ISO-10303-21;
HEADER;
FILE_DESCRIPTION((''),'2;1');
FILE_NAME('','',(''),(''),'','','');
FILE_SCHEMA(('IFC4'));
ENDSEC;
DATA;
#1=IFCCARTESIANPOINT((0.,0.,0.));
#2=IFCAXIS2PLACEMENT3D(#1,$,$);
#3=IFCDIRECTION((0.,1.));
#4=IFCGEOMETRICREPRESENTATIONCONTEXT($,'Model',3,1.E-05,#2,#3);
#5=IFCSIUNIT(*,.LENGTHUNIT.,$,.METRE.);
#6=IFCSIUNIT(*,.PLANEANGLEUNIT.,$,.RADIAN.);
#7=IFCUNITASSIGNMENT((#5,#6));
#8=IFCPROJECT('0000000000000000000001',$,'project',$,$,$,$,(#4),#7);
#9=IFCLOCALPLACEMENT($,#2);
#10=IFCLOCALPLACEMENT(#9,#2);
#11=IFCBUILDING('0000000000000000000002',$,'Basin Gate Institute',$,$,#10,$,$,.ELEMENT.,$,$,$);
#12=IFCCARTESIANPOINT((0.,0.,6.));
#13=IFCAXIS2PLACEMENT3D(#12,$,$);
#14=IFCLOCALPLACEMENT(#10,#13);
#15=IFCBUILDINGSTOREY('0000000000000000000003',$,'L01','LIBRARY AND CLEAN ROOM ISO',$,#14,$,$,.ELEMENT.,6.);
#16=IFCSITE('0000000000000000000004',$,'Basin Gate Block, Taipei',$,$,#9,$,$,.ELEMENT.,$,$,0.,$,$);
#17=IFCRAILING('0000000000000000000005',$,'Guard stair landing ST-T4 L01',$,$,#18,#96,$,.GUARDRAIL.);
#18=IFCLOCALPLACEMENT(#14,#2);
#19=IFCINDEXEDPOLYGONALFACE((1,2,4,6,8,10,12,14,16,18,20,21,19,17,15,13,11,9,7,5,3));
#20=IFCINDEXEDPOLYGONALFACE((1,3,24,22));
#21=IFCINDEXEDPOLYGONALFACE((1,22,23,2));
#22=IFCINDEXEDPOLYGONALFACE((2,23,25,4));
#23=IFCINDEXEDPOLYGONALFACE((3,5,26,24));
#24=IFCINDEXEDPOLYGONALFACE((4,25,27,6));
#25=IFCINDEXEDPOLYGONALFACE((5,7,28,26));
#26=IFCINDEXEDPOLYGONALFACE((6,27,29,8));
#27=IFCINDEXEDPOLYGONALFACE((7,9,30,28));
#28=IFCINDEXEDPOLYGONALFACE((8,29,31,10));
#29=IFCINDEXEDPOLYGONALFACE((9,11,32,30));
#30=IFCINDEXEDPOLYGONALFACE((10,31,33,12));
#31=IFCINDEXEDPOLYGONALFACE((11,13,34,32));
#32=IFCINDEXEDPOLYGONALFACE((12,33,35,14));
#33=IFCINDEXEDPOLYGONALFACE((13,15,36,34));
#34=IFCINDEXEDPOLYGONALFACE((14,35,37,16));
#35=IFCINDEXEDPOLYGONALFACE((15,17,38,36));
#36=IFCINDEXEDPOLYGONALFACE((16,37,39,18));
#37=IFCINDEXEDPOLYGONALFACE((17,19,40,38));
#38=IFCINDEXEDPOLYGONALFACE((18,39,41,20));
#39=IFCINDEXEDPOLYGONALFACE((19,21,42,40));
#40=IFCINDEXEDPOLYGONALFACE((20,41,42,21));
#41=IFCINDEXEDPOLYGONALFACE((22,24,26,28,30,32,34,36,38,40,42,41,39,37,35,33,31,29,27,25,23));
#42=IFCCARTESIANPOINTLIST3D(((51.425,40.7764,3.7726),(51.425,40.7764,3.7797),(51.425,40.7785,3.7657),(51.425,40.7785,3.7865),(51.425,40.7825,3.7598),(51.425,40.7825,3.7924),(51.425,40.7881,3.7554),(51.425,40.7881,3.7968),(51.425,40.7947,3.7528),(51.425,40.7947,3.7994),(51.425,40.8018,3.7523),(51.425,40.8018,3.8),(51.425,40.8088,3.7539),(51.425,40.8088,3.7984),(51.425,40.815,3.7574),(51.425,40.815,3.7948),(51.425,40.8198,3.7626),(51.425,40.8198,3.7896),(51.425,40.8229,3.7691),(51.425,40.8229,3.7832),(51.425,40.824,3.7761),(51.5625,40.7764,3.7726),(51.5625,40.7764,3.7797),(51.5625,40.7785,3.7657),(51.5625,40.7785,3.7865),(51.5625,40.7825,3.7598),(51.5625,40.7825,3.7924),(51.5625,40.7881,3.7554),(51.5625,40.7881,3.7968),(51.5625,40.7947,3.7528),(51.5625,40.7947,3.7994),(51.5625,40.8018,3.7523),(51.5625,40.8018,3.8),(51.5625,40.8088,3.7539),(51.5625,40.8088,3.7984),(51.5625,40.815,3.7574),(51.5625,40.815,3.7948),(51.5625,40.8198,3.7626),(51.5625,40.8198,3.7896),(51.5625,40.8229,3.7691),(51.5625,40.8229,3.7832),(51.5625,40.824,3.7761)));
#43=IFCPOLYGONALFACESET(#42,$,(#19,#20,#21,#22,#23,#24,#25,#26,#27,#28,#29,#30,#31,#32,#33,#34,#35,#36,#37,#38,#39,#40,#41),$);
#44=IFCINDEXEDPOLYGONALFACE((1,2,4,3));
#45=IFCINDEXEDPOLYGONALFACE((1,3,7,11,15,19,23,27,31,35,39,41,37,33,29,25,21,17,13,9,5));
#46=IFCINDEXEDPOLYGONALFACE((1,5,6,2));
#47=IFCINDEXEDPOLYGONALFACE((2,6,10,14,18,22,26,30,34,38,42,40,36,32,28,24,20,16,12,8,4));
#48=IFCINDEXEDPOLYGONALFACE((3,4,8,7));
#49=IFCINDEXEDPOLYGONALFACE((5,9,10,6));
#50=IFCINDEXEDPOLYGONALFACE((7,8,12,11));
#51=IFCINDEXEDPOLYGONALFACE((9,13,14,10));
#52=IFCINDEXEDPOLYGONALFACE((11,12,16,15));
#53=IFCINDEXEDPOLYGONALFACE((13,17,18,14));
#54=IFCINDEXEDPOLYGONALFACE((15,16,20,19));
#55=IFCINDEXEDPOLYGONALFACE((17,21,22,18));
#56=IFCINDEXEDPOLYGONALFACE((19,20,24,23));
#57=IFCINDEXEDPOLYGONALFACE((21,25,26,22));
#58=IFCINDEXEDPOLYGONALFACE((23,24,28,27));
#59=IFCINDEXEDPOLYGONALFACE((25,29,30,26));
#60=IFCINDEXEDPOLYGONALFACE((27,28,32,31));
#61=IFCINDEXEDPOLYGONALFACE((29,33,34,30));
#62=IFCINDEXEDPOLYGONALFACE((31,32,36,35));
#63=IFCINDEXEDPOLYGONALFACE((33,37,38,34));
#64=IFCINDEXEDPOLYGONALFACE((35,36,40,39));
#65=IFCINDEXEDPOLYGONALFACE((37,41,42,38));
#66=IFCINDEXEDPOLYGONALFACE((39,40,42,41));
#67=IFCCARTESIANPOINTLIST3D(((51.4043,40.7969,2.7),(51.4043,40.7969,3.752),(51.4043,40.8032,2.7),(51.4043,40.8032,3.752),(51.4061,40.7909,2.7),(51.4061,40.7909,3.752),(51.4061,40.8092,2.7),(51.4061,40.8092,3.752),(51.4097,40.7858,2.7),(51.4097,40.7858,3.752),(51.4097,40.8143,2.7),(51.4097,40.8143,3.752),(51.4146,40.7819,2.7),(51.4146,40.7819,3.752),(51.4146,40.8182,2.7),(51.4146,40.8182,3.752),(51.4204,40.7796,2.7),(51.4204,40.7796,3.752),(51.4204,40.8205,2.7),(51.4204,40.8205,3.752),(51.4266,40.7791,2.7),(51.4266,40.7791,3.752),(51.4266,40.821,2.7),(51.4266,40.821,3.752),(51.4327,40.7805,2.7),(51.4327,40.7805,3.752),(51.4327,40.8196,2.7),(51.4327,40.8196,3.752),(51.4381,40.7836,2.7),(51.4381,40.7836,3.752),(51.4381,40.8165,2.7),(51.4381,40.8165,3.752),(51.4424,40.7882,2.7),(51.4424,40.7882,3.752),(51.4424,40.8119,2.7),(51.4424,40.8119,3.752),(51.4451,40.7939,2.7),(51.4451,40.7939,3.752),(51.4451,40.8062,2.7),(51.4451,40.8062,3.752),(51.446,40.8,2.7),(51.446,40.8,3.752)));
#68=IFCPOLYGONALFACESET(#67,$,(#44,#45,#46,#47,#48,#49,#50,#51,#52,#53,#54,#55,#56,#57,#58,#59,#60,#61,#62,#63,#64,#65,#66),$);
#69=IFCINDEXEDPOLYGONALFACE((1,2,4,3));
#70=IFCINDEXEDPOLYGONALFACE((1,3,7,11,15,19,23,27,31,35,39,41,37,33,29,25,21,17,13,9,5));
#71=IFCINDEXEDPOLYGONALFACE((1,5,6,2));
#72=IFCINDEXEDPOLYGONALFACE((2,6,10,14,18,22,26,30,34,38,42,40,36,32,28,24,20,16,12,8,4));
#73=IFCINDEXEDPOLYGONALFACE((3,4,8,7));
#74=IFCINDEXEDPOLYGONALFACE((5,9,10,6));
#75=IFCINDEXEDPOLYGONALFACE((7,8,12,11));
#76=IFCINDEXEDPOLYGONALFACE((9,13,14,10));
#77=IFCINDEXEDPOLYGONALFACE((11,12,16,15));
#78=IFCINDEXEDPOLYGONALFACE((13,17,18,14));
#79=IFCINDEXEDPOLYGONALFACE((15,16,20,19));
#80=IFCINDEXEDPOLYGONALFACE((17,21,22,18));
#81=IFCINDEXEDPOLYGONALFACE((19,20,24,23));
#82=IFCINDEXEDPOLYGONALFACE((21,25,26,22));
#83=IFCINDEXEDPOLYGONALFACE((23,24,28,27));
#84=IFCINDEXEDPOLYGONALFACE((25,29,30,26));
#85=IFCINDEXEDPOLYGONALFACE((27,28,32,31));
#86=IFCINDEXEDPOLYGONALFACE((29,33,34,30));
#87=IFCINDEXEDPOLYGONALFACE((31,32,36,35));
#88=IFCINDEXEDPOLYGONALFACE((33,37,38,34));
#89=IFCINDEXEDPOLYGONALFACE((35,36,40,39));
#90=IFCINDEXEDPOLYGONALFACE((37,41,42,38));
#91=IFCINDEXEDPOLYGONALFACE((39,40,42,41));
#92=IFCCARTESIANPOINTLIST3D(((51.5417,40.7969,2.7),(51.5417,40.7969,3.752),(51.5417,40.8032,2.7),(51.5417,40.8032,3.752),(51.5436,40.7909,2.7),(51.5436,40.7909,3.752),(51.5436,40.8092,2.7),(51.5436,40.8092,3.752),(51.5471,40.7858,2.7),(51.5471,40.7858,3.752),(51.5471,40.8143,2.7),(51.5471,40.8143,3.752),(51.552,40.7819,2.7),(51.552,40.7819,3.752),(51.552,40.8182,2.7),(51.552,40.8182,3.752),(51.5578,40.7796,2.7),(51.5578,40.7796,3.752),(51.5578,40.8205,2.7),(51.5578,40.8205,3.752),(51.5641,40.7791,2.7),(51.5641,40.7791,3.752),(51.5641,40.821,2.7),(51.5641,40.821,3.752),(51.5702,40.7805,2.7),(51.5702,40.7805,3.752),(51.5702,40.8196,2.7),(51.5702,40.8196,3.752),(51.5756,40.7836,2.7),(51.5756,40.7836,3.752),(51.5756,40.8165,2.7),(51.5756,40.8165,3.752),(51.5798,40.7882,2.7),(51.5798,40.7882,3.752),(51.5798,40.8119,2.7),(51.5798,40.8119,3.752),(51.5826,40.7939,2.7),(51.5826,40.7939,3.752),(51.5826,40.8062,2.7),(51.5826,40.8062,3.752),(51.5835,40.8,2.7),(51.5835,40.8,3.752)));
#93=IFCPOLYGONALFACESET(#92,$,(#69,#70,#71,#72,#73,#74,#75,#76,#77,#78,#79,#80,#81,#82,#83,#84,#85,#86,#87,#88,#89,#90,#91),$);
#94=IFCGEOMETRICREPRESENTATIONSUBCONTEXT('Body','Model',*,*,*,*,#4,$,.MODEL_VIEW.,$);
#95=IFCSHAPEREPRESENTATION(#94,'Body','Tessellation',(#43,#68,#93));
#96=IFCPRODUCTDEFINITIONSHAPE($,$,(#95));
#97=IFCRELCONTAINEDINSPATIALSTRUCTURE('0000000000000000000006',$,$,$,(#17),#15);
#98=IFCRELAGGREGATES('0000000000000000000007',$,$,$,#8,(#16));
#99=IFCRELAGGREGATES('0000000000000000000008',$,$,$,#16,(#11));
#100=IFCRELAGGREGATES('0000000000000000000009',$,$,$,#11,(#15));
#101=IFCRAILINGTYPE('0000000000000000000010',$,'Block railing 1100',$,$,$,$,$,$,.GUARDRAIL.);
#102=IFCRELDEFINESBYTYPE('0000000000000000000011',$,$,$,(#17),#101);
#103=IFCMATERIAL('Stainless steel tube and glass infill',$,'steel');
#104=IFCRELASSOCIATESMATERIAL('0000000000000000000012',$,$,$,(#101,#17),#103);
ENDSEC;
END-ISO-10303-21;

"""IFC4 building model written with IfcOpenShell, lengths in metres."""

from ifc_helpers import new_model, si_unit, direction, frame, origin, origin_2d, place, context, subcontext, project, spatial, circle, extrude, material, type_object, element, save


model = new_model("IFC4")

# Units and contexts
model_context = context("Model", 3, precision=1e-05, world=origin(), true_north=direction((0.0, 1.0)))
body_context = subcontext(model_context, "Body", "Model", "MODEL_VIEW")
ifc_project = project(units=[si_unit("LENGTHUNIT", "METRE"), si_unit("PLANEANGLEUNIT", "RADIAN")], contexts=[model_context])

# Site, building, storey
site_placement = place(None, origin())
site = spatial("IfcSite", under=ifc_project, at=site_placement, Name="Basin Gate Block, Taipei", CompositionType="ELEMENT", RefElevation=0.0)
building_placement = place(site_placement, origin())
building = spatial("IfcBuilding", under=site, at=building_placement, Name="Basin Gate Institute", CompositionType="ELEMENT")
storey_placement = place(building_placement, frame((0.0, 0.0, 6.0)))
storey = spatial("IfcBuildingStorey", under=building, at=storey_placement, Name="L01", Description="LIBRARY AND CLEAN ROOM ISO", CompositionType="ELEMENT", Elevation=6.0)

# Railing
ifc_material_1 = material(Name="Stainless steel tube and glass infill", Category="steel")
railing_type_1 = type_object("IfcRailingType", Name="Block railing 1100", PredefinedType="GUARDRAIL", material=ifc_material_1)
railing_1_placement = place(storey_placement, frame((51.425, 40.8, 2.7)))
element("IfcRailing", 1, at=railing_1_placement, inside=storey, type_object=railing_type_1, material=ifc_material_1, Name="Guard stair landing ST-T4 L01", PredefinedType="GUARDRAIL", context=body_context, shape_type="SweptSolid", body=[
    extrude(circle(Radius=0.0239, at=origin_2d()), frame((0.0, 0.0, 1.0762), z_axis=(1.0, 0.0, 0.0), x_axis=(0.0, 1.0, 0.0)), (0.0, 0.0, 1.0), 0.1375),
    extrude(circle(Radius=0.021, at=origin_2d()), origin(), (0.0, 0.0, 1.0), 1.052),
    extrude(circle(Radius=0.021, at=origin_2d()), frame((0.1375, 0.0, 0.0)), (0.0, 0.0, 1.0), 1.052),
])

save(model, "model.ifc")
